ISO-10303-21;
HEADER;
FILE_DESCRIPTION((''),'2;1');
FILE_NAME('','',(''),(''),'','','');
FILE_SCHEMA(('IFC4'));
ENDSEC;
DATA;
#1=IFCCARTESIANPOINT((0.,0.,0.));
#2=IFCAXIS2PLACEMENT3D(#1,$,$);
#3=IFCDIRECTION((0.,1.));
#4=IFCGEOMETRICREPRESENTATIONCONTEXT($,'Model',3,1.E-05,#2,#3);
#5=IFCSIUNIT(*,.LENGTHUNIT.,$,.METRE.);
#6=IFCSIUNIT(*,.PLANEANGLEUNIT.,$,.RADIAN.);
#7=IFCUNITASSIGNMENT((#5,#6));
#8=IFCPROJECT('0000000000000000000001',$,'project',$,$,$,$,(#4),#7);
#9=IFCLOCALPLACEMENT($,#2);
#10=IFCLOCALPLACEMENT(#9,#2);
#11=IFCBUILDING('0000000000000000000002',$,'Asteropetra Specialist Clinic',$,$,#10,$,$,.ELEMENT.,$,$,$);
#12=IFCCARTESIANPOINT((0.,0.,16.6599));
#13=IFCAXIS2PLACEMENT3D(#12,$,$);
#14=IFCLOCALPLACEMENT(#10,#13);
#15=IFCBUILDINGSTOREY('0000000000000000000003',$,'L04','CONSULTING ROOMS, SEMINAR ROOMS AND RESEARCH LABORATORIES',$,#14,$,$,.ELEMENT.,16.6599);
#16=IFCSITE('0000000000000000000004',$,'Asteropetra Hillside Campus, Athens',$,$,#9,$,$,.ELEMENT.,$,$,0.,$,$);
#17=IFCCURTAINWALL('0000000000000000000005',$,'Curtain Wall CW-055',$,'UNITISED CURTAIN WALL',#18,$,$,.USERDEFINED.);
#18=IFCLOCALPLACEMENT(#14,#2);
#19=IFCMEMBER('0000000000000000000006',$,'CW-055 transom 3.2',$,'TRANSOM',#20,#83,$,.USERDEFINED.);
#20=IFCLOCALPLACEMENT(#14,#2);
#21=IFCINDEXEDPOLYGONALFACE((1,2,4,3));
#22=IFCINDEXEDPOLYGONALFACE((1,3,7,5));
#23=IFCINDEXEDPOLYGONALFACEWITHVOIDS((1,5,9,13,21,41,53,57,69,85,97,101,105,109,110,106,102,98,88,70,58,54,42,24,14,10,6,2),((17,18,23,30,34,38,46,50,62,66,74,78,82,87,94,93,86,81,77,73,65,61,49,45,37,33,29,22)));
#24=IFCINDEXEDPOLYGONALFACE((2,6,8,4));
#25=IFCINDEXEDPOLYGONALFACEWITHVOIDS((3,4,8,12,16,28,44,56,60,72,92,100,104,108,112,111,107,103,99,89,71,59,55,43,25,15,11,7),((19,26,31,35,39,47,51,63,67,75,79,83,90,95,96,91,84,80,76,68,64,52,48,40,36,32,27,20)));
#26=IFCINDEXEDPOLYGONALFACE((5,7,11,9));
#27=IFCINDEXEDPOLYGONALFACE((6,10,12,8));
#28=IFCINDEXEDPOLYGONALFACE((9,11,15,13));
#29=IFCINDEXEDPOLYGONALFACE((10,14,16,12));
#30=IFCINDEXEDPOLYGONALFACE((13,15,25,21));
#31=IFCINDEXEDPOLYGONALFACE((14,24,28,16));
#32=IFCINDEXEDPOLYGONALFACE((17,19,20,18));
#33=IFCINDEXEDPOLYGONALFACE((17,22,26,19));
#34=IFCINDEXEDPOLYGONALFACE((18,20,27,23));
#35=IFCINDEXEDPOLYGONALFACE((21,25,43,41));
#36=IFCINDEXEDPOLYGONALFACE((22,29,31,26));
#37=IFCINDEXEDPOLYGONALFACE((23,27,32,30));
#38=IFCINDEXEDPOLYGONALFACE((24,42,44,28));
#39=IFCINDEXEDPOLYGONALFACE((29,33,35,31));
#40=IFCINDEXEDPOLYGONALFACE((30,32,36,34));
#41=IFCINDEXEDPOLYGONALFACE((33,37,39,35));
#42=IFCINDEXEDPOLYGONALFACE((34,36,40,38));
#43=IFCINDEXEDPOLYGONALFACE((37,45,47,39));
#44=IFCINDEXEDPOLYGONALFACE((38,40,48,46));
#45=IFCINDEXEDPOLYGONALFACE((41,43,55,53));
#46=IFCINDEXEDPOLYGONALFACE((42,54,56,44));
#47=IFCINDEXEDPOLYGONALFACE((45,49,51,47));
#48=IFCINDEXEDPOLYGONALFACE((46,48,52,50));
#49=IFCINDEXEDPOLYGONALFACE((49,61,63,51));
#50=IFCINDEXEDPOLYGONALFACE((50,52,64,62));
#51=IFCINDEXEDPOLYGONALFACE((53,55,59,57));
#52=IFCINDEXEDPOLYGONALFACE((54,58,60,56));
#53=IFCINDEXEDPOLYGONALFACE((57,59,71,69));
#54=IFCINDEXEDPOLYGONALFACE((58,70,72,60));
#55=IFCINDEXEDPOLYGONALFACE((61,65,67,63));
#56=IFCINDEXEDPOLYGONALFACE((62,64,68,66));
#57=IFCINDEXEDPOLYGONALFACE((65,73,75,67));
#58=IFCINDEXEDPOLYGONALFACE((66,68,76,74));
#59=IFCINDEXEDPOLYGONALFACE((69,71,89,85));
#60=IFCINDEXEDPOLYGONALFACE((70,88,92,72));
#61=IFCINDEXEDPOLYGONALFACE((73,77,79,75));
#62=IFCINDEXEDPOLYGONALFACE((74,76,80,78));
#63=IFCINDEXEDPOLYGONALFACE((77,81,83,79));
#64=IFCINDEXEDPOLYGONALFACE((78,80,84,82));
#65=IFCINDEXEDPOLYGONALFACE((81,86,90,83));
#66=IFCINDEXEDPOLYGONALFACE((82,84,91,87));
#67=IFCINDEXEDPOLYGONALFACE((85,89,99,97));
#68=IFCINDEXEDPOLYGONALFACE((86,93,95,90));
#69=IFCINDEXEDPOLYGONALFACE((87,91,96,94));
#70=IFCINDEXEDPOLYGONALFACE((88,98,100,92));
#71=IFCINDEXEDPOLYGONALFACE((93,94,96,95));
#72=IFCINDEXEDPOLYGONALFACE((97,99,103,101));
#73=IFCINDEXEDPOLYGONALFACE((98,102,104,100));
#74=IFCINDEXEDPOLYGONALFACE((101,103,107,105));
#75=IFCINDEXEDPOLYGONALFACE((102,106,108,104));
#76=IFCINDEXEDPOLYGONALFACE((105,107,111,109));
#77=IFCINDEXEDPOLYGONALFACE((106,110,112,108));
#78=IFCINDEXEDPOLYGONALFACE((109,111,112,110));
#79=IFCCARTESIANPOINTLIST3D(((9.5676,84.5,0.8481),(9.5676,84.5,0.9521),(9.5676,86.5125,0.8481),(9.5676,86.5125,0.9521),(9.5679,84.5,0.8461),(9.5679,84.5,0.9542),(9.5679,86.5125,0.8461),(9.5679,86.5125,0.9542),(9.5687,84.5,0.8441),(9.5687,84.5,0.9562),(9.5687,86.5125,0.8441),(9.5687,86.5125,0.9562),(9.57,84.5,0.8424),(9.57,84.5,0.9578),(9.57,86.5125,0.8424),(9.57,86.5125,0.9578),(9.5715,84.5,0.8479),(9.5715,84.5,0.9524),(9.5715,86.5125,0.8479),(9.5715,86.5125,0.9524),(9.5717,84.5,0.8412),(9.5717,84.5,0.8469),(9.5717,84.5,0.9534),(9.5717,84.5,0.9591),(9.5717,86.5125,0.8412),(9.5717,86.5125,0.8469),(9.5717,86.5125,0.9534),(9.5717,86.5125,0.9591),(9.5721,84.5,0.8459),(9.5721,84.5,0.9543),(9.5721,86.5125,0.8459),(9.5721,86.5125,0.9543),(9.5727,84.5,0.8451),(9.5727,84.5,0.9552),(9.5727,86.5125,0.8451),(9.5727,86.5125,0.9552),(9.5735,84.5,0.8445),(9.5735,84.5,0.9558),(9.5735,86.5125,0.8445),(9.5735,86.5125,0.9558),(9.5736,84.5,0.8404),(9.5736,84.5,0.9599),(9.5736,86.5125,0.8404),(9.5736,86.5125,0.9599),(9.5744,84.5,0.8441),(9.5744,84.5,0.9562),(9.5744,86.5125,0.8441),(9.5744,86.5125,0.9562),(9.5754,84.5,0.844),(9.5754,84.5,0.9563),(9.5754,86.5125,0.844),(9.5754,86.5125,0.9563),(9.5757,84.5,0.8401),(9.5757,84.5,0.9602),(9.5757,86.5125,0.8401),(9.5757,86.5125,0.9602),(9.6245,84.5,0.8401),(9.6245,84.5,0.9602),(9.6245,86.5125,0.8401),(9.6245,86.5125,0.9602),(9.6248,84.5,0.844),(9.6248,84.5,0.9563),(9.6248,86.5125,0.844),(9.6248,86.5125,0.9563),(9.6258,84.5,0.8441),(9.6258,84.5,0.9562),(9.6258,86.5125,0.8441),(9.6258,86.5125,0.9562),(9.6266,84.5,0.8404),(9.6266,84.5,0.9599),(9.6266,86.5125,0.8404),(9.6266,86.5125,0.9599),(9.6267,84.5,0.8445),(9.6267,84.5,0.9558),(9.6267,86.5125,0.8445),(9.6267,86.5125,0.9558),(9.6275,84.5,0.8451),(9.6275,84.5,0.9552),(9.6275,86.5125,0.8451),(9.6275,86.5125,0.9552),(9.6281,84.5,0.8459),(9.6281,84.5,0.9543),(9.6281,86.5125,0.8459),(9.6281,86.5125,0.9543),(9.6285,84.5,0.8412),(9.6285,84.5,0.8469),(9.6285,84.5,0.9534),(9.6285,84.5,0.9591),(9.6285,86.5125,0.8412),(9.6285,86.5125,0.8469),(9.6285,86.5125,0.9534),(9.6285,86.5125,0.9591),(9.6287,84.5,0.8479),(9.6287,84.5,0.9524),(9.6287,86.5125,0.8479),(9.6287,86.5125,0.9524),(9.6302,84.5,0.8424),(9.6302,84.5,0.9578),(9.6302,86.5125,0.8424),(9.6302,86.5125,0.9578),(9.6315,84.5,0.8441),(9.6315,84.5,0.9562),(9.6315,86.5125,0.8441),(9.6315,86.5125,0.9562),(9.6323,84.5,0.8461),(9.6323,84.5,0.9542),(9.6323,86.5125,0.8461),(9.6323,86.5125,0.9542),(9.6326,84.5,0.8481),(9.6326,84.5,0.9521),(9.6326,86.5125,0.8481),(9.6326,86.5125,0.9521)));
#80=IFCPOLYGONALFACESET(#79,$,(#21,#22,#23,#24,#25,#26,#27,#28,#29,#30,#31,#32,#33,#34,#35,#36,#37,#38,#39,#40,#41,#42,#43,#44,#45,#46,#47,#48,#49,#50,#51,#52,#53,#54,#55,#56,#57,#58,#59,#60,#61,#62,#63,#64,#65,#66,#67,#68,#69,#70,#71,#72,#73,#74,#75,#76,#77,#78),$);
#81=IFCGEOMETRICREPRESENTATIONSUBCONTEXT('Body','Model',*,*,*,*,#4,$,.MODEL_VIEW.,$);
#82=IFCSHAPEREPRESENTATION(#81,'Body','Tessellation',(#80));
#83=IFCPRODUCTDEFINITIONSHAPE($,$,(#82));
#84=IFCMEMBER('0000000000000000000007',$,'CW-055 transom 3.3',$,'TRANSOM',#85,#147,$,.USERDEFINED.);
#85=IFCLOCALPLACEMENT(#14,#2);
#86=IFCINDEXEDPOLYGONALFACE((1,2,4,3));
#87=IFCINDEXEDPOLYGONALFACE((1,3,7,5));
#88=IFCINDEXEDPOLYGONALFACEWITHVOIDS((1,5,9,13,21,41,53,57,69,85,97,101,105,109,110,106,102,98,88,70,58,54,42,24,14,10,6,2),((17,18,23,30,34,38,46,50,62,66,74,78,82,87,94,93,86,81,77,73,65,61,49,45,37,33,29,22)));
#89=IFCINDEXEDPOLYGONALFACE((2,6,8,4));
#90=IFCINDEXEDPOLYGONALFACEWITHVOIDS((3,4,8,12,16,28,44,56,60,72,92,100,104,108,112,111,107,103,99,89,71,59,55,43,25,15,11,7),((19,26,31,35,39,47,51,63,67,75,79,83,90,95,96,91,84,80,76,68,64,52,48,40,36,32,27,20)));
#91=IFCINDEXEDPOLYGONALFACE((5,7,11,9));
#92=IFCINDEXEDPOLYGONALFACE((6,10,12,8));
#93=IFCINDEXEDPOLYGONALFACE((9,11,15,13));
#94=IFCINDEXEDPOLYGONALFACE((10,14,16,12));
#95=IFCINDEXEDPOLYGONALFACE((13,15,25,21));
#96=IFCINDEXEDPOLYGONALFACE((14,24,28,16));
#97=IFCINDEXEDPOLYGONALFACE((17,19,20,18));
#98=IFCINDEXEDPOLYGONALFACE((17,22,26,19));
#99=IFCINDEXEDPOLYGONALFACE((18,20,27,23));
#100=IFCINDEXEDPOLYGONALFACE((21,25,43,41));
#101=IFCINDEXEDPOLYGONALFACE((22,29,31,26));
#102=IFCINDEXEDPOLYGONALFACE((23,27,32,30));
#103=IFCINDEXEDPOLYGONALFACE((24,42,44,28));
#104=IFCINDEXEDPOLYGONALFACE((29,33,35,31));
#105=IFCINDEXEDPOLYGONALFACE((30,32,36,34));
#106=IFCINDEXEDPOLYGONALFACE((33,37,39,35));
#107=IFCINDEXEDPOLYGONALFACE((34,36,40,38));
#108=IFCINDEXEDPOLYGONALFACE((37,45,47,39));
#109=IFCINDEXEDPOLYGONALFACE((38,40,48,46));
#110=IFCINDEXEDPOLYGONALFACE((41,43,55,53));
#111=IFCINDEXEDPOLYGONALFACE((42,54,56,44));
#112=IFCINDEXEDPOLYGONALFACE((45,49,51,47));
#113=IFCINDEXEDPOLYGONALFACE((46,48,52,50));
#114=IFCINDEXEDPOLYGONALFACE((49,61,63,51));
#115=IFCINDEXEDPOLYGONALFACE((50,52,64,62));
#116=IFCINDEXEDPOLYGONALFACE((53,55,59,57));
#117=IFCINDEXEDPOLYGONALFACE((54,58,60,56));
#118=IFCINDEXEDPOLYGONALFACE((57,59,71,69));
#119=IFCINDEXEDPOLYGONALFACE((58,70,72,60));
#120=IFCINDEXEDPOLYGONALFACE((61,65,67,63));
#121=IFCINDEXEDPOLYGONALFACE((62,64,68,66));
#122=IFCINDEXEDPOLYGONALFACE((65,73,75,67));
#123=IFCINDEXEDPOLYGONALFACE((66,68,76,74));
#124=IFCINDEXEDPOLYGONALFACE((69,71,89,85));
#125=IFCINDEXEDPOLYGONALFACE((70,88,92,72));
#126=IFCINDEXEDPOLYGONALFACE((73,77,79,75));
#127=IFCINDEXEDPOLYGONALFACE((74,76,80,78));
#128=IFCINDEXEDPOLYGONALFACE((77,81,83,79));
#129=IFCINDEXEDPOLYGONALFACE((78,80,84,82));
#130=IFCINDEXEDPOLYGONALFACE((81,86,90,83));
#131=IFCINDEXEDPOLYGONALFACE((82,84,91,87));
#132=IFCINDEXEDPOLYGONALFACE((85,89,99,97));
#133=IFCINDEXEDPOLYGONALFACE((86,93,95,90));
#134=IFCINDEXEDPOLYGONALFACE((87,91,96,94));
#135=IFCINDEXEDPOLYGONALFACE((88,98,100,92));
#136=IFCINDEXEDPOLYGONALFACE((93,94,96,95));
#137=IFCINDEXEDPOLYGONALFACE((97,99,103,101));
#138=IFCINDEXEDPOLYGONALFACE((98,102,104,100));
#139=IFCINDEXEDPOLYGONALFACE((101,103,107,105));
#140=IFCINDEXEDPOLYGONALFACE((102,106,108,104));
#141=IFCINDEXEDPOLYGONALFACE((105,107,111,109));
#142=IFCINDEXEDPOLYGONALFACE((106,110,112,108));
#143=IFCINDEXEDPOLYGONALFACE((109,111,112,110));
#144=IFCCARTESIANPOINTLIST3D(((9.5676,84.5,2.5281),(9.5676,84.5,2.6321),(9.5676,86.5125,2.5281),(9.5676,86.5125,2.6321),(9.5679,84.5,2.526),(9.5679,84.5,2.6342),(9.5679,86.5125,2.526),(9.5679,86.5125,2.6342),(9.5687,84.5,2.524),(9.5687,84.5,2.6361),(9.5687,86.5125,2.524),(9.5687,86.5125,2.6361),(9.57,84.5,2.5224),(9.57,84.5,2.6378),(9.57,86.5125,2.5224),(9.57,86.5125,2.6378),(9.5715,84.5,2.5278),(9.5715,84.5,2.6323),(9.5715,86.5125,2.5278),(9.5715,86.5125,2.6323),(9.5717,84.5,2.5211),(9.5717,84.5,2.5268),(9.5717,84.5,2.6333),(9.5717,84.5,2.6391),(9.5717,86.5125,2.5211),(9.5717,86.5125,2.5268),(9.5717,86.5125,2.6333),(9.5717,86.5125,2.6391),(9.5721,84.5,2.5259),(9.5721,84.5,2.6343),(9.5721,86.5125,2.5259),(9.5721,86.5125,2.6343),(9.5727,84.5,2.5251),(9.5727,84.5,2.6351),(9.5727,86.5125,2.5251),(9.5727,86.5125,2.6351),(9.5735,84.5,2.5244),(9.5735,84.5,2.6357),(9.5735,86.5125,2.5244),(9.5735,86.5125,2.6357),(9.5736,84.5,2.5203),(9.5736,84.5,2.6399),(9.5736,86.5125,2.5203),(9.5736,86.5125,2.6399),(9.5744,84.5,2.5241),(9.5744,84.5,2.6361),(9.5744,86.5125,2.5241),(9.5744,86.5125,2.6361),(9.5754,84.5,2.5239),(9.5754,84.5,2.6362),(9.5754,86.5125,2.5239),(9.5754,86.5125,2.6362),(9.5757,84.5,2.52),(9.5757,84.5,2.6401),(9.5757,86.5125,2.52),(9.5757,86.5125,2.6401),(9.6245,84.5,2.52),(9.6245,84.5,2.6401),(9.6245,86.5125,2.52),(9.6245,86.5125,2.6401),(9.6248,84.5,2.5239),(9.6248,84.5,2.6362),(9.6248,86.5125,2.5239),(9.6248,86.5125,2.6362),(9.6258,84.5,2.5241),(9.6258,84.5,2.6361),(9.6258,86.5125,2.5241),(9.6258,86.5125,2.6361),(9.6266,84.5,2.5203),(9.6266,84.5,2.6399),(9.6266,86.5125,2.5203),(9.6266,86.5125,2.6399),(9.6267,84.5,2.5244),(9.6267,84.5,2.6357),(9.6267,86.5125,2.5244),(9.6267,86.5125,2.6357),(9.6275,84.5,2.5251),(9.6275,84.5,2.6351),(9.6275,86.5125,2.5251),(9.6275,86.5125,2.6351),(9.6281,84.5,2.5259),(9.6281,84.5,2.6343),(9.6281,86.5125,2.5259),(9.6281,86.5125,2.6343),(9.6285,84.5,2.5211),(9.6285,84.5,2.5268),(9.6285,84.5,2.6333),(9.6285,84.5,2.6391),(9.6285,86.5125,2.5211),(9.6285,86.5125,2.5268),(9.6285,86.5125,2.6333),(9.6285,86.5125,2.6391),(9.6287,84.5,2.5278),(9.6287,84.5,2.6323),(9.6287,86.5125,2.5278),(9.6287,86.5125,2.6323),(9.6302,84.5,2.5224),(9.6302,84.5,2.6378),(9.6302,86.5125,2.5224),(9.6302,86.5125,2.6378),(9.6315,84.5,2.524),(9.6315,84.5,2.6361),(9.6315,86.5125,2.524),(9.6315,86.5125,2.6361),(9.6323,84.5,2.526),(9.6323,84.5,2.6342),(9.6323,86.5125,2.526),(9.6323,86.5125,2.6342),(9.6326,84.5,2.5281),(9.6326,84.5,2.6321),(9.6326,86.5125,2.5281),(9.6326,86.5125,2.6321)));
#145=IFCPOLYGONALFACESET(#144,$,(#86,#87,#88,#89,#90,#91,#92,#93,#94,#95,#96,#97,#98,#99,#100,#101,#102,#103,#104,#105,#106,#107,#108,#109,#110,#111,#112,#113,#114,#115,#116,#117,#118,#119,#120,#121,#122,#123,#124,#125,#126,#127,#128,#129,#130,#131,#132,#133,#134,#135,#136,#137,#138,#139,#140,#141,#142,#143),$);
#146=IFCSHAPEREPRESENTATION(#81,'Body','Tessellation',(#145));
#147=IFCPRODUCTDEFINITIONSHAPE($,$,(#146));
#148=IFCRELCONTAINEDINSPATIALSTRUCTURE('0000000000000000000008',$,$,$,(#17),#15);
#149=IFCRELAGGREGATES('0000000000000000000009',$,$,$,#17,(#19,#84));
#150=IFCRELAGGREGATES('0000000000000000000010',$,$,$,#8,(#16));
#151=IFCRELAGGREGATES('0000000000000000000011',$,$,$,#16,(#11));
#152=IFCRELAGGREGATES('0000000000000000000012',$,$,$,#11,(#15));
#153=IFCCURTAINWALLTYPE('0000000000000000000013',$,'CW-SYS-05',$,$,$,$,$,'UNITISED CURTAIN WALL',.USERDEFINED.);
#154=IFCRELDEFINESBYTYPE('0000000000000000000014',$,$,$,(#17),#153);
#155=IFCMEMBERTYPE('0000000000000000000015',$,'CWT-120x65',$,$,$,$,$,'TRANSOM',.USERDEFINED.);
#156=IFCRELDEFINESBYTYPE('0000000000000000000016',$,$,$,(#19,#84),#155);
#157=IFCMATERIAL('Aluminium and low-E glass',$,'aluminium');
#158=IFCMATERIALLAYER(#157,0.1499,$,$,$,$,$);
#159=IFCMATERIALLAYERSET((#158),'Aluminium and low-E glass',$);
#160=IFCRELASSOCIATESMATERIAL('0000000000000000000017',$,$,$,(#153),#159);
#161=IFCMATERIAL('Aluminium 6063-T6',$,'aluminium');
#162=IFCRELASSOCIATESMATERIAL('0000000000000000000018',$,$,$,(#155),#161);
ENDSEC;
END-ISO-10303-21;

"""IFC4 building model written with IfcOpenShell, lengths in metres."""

from ifc_helpers import new_model, si_unit, direction, frame, origin, origin_2d, place, context, subcontext, project, spatial, hollow_rectangle, extrude, material, layer, layer_set, material_profile, profile_set, type_object, element, aggregate, save


model = new_model("IFC4")

# Units and contexts
model_context = context("Model", 3, precision=1e-05, world=origin(), true_north=direction((0.0, 1.0)))
body_context = subcontext(model_context, "Body", "Model", "MODEL_VIEW")
ifc_project = project(units=[si_unit("LENGTHUNIT", "METRE"), si_unit("PLANEANGLEUNIT", "RADIAN")], contexts=[model_context])

# Site, building, storey
site_placement = place(None, origin())
site = spatial("IfcSite", under=ifc_project, at=site_placement, Name="Asteropetra Hillside Campus, Athens", CompositionType="ELEMENT", RefElevation=0.0)
building_placement = place(site_placement, origin())
building = spatial("IfcBuilding", under=site, at=building_placement, Name="Asteropetra Specialist Clinic", CompositionType="ELEMENT")
storey_placement = place(building_placement, frame((0.0, 0.0, 16.6599)))
storey = spatial("IfcBuildingStorey", under=building, at=storey_placement, Name="L04", Description="CONSULTING ROOMS, SEMINAR ROOMS AND RESEARCH LABORATORIES", CompositionType="ELEMENT", Elevation=16.6599)

# Curtain wall
ifc_material_1 = material(Name="Aluminium and low-E glass", Category="aluminium")
ifc_layer_1 = layer(ifc_material_1, 0.1499)
ifc_layer_set_1 = layer_set([ifc_layer_1], Name="Aluminium and low-E glass")
curtain_wall_type_1 = type_object("IfcCurtainWallType", Name="CW-SYS-05", ElementType="UNITISED CURTAIN WALL", PredefinedType="USERDEFINED", material=ifc_layer_set_1)
curtain_wall_1_placement = place(storey_placement, origin())
curtain_wall_1 = element("IfcCurtainWall", 1, at=curtain_wall_1_placement, inside=storey, type_object=curtain_wall_type_1, Name="Curtain Wall CW-055", ObjectType="UNITISED CURTAIN WALL", PredefinedType="USERDEFINED")

# Members
ifc_material_2 = material(Name="Aluminium 6063-T6", Category="aluminium")
ifc_material_profile_1 = material_profile(ifc_material_2, hollow_rectangle(XDim=0.0649, YDim=0.1201, WallThickness=0.0039, InnerFilletRadius=0.0039, OuterFilletRadius=0.0081, at=origin_2d()), Name="TRN 120x65x4.0")
ifc_profile_set_1 = profile_set([ifc_material_profile_1], Name="Aluminium 6063-T6")
member_type_1 = type_object("IfcMemberType", Name="CWT-120x65", ElementType="TRANSOM", PredefinedType="USERDEFINED", material=ifc_profile_set_1)
member_1_placement = place(storey_placement, frame((9.6001, 86.5125, 0.9001), z_axis=(0.0, -1.0, 0.0), x_axis=(1.0, 0.0, 0.0)))
member_1 = element("IfcMember", 2, at=member_1_placement, type_object=member_type_1, Name="CW-055 transom 3.2", ObjectType="TRANSOM", PredefinedType="USERDEFINED", context=body_context, shape_type="SweptSolid", body=[
    extrude(hollow_rectangle(XDim=0.0649, YDim=0.1201, WallThickness=0.0039, InnerFilletRadius=0.0039, OuterFilletRadius=0.0081, at=origin_2d()), origin(), (0.0, 0.0, 1.0), 2.0125),
])
member_2_placement = place(storey_placement, frame((9.6001, 86.5125, 2.5801), z_axis=(0.0, -1.0, 0.0), x_axis=(1.0, 0.0, 0.0)))
member_2 = element("IfcMember", 3, at=member_2_placement, type_object=member_type_1, Name="CW-055 transom 3.3", ObjectType="TRANSOM", PredefinedType="USERDEFINED", context=body_context, shape_type="SweptSolid", body=[
    extrude(hollow_rectangle(XDim=0.0649, YDim=0.1201, WallThickness=0.0039, InnerFilletRadius=0.0039, OuterFilletRadius=0.0081, at=origin_2d()), origin(), (0.0, 0.0, 1.0), 2.0125),
])

aggregate(curtain_wall_1, [member_1, member_2])

save(model, "model.ifc")
